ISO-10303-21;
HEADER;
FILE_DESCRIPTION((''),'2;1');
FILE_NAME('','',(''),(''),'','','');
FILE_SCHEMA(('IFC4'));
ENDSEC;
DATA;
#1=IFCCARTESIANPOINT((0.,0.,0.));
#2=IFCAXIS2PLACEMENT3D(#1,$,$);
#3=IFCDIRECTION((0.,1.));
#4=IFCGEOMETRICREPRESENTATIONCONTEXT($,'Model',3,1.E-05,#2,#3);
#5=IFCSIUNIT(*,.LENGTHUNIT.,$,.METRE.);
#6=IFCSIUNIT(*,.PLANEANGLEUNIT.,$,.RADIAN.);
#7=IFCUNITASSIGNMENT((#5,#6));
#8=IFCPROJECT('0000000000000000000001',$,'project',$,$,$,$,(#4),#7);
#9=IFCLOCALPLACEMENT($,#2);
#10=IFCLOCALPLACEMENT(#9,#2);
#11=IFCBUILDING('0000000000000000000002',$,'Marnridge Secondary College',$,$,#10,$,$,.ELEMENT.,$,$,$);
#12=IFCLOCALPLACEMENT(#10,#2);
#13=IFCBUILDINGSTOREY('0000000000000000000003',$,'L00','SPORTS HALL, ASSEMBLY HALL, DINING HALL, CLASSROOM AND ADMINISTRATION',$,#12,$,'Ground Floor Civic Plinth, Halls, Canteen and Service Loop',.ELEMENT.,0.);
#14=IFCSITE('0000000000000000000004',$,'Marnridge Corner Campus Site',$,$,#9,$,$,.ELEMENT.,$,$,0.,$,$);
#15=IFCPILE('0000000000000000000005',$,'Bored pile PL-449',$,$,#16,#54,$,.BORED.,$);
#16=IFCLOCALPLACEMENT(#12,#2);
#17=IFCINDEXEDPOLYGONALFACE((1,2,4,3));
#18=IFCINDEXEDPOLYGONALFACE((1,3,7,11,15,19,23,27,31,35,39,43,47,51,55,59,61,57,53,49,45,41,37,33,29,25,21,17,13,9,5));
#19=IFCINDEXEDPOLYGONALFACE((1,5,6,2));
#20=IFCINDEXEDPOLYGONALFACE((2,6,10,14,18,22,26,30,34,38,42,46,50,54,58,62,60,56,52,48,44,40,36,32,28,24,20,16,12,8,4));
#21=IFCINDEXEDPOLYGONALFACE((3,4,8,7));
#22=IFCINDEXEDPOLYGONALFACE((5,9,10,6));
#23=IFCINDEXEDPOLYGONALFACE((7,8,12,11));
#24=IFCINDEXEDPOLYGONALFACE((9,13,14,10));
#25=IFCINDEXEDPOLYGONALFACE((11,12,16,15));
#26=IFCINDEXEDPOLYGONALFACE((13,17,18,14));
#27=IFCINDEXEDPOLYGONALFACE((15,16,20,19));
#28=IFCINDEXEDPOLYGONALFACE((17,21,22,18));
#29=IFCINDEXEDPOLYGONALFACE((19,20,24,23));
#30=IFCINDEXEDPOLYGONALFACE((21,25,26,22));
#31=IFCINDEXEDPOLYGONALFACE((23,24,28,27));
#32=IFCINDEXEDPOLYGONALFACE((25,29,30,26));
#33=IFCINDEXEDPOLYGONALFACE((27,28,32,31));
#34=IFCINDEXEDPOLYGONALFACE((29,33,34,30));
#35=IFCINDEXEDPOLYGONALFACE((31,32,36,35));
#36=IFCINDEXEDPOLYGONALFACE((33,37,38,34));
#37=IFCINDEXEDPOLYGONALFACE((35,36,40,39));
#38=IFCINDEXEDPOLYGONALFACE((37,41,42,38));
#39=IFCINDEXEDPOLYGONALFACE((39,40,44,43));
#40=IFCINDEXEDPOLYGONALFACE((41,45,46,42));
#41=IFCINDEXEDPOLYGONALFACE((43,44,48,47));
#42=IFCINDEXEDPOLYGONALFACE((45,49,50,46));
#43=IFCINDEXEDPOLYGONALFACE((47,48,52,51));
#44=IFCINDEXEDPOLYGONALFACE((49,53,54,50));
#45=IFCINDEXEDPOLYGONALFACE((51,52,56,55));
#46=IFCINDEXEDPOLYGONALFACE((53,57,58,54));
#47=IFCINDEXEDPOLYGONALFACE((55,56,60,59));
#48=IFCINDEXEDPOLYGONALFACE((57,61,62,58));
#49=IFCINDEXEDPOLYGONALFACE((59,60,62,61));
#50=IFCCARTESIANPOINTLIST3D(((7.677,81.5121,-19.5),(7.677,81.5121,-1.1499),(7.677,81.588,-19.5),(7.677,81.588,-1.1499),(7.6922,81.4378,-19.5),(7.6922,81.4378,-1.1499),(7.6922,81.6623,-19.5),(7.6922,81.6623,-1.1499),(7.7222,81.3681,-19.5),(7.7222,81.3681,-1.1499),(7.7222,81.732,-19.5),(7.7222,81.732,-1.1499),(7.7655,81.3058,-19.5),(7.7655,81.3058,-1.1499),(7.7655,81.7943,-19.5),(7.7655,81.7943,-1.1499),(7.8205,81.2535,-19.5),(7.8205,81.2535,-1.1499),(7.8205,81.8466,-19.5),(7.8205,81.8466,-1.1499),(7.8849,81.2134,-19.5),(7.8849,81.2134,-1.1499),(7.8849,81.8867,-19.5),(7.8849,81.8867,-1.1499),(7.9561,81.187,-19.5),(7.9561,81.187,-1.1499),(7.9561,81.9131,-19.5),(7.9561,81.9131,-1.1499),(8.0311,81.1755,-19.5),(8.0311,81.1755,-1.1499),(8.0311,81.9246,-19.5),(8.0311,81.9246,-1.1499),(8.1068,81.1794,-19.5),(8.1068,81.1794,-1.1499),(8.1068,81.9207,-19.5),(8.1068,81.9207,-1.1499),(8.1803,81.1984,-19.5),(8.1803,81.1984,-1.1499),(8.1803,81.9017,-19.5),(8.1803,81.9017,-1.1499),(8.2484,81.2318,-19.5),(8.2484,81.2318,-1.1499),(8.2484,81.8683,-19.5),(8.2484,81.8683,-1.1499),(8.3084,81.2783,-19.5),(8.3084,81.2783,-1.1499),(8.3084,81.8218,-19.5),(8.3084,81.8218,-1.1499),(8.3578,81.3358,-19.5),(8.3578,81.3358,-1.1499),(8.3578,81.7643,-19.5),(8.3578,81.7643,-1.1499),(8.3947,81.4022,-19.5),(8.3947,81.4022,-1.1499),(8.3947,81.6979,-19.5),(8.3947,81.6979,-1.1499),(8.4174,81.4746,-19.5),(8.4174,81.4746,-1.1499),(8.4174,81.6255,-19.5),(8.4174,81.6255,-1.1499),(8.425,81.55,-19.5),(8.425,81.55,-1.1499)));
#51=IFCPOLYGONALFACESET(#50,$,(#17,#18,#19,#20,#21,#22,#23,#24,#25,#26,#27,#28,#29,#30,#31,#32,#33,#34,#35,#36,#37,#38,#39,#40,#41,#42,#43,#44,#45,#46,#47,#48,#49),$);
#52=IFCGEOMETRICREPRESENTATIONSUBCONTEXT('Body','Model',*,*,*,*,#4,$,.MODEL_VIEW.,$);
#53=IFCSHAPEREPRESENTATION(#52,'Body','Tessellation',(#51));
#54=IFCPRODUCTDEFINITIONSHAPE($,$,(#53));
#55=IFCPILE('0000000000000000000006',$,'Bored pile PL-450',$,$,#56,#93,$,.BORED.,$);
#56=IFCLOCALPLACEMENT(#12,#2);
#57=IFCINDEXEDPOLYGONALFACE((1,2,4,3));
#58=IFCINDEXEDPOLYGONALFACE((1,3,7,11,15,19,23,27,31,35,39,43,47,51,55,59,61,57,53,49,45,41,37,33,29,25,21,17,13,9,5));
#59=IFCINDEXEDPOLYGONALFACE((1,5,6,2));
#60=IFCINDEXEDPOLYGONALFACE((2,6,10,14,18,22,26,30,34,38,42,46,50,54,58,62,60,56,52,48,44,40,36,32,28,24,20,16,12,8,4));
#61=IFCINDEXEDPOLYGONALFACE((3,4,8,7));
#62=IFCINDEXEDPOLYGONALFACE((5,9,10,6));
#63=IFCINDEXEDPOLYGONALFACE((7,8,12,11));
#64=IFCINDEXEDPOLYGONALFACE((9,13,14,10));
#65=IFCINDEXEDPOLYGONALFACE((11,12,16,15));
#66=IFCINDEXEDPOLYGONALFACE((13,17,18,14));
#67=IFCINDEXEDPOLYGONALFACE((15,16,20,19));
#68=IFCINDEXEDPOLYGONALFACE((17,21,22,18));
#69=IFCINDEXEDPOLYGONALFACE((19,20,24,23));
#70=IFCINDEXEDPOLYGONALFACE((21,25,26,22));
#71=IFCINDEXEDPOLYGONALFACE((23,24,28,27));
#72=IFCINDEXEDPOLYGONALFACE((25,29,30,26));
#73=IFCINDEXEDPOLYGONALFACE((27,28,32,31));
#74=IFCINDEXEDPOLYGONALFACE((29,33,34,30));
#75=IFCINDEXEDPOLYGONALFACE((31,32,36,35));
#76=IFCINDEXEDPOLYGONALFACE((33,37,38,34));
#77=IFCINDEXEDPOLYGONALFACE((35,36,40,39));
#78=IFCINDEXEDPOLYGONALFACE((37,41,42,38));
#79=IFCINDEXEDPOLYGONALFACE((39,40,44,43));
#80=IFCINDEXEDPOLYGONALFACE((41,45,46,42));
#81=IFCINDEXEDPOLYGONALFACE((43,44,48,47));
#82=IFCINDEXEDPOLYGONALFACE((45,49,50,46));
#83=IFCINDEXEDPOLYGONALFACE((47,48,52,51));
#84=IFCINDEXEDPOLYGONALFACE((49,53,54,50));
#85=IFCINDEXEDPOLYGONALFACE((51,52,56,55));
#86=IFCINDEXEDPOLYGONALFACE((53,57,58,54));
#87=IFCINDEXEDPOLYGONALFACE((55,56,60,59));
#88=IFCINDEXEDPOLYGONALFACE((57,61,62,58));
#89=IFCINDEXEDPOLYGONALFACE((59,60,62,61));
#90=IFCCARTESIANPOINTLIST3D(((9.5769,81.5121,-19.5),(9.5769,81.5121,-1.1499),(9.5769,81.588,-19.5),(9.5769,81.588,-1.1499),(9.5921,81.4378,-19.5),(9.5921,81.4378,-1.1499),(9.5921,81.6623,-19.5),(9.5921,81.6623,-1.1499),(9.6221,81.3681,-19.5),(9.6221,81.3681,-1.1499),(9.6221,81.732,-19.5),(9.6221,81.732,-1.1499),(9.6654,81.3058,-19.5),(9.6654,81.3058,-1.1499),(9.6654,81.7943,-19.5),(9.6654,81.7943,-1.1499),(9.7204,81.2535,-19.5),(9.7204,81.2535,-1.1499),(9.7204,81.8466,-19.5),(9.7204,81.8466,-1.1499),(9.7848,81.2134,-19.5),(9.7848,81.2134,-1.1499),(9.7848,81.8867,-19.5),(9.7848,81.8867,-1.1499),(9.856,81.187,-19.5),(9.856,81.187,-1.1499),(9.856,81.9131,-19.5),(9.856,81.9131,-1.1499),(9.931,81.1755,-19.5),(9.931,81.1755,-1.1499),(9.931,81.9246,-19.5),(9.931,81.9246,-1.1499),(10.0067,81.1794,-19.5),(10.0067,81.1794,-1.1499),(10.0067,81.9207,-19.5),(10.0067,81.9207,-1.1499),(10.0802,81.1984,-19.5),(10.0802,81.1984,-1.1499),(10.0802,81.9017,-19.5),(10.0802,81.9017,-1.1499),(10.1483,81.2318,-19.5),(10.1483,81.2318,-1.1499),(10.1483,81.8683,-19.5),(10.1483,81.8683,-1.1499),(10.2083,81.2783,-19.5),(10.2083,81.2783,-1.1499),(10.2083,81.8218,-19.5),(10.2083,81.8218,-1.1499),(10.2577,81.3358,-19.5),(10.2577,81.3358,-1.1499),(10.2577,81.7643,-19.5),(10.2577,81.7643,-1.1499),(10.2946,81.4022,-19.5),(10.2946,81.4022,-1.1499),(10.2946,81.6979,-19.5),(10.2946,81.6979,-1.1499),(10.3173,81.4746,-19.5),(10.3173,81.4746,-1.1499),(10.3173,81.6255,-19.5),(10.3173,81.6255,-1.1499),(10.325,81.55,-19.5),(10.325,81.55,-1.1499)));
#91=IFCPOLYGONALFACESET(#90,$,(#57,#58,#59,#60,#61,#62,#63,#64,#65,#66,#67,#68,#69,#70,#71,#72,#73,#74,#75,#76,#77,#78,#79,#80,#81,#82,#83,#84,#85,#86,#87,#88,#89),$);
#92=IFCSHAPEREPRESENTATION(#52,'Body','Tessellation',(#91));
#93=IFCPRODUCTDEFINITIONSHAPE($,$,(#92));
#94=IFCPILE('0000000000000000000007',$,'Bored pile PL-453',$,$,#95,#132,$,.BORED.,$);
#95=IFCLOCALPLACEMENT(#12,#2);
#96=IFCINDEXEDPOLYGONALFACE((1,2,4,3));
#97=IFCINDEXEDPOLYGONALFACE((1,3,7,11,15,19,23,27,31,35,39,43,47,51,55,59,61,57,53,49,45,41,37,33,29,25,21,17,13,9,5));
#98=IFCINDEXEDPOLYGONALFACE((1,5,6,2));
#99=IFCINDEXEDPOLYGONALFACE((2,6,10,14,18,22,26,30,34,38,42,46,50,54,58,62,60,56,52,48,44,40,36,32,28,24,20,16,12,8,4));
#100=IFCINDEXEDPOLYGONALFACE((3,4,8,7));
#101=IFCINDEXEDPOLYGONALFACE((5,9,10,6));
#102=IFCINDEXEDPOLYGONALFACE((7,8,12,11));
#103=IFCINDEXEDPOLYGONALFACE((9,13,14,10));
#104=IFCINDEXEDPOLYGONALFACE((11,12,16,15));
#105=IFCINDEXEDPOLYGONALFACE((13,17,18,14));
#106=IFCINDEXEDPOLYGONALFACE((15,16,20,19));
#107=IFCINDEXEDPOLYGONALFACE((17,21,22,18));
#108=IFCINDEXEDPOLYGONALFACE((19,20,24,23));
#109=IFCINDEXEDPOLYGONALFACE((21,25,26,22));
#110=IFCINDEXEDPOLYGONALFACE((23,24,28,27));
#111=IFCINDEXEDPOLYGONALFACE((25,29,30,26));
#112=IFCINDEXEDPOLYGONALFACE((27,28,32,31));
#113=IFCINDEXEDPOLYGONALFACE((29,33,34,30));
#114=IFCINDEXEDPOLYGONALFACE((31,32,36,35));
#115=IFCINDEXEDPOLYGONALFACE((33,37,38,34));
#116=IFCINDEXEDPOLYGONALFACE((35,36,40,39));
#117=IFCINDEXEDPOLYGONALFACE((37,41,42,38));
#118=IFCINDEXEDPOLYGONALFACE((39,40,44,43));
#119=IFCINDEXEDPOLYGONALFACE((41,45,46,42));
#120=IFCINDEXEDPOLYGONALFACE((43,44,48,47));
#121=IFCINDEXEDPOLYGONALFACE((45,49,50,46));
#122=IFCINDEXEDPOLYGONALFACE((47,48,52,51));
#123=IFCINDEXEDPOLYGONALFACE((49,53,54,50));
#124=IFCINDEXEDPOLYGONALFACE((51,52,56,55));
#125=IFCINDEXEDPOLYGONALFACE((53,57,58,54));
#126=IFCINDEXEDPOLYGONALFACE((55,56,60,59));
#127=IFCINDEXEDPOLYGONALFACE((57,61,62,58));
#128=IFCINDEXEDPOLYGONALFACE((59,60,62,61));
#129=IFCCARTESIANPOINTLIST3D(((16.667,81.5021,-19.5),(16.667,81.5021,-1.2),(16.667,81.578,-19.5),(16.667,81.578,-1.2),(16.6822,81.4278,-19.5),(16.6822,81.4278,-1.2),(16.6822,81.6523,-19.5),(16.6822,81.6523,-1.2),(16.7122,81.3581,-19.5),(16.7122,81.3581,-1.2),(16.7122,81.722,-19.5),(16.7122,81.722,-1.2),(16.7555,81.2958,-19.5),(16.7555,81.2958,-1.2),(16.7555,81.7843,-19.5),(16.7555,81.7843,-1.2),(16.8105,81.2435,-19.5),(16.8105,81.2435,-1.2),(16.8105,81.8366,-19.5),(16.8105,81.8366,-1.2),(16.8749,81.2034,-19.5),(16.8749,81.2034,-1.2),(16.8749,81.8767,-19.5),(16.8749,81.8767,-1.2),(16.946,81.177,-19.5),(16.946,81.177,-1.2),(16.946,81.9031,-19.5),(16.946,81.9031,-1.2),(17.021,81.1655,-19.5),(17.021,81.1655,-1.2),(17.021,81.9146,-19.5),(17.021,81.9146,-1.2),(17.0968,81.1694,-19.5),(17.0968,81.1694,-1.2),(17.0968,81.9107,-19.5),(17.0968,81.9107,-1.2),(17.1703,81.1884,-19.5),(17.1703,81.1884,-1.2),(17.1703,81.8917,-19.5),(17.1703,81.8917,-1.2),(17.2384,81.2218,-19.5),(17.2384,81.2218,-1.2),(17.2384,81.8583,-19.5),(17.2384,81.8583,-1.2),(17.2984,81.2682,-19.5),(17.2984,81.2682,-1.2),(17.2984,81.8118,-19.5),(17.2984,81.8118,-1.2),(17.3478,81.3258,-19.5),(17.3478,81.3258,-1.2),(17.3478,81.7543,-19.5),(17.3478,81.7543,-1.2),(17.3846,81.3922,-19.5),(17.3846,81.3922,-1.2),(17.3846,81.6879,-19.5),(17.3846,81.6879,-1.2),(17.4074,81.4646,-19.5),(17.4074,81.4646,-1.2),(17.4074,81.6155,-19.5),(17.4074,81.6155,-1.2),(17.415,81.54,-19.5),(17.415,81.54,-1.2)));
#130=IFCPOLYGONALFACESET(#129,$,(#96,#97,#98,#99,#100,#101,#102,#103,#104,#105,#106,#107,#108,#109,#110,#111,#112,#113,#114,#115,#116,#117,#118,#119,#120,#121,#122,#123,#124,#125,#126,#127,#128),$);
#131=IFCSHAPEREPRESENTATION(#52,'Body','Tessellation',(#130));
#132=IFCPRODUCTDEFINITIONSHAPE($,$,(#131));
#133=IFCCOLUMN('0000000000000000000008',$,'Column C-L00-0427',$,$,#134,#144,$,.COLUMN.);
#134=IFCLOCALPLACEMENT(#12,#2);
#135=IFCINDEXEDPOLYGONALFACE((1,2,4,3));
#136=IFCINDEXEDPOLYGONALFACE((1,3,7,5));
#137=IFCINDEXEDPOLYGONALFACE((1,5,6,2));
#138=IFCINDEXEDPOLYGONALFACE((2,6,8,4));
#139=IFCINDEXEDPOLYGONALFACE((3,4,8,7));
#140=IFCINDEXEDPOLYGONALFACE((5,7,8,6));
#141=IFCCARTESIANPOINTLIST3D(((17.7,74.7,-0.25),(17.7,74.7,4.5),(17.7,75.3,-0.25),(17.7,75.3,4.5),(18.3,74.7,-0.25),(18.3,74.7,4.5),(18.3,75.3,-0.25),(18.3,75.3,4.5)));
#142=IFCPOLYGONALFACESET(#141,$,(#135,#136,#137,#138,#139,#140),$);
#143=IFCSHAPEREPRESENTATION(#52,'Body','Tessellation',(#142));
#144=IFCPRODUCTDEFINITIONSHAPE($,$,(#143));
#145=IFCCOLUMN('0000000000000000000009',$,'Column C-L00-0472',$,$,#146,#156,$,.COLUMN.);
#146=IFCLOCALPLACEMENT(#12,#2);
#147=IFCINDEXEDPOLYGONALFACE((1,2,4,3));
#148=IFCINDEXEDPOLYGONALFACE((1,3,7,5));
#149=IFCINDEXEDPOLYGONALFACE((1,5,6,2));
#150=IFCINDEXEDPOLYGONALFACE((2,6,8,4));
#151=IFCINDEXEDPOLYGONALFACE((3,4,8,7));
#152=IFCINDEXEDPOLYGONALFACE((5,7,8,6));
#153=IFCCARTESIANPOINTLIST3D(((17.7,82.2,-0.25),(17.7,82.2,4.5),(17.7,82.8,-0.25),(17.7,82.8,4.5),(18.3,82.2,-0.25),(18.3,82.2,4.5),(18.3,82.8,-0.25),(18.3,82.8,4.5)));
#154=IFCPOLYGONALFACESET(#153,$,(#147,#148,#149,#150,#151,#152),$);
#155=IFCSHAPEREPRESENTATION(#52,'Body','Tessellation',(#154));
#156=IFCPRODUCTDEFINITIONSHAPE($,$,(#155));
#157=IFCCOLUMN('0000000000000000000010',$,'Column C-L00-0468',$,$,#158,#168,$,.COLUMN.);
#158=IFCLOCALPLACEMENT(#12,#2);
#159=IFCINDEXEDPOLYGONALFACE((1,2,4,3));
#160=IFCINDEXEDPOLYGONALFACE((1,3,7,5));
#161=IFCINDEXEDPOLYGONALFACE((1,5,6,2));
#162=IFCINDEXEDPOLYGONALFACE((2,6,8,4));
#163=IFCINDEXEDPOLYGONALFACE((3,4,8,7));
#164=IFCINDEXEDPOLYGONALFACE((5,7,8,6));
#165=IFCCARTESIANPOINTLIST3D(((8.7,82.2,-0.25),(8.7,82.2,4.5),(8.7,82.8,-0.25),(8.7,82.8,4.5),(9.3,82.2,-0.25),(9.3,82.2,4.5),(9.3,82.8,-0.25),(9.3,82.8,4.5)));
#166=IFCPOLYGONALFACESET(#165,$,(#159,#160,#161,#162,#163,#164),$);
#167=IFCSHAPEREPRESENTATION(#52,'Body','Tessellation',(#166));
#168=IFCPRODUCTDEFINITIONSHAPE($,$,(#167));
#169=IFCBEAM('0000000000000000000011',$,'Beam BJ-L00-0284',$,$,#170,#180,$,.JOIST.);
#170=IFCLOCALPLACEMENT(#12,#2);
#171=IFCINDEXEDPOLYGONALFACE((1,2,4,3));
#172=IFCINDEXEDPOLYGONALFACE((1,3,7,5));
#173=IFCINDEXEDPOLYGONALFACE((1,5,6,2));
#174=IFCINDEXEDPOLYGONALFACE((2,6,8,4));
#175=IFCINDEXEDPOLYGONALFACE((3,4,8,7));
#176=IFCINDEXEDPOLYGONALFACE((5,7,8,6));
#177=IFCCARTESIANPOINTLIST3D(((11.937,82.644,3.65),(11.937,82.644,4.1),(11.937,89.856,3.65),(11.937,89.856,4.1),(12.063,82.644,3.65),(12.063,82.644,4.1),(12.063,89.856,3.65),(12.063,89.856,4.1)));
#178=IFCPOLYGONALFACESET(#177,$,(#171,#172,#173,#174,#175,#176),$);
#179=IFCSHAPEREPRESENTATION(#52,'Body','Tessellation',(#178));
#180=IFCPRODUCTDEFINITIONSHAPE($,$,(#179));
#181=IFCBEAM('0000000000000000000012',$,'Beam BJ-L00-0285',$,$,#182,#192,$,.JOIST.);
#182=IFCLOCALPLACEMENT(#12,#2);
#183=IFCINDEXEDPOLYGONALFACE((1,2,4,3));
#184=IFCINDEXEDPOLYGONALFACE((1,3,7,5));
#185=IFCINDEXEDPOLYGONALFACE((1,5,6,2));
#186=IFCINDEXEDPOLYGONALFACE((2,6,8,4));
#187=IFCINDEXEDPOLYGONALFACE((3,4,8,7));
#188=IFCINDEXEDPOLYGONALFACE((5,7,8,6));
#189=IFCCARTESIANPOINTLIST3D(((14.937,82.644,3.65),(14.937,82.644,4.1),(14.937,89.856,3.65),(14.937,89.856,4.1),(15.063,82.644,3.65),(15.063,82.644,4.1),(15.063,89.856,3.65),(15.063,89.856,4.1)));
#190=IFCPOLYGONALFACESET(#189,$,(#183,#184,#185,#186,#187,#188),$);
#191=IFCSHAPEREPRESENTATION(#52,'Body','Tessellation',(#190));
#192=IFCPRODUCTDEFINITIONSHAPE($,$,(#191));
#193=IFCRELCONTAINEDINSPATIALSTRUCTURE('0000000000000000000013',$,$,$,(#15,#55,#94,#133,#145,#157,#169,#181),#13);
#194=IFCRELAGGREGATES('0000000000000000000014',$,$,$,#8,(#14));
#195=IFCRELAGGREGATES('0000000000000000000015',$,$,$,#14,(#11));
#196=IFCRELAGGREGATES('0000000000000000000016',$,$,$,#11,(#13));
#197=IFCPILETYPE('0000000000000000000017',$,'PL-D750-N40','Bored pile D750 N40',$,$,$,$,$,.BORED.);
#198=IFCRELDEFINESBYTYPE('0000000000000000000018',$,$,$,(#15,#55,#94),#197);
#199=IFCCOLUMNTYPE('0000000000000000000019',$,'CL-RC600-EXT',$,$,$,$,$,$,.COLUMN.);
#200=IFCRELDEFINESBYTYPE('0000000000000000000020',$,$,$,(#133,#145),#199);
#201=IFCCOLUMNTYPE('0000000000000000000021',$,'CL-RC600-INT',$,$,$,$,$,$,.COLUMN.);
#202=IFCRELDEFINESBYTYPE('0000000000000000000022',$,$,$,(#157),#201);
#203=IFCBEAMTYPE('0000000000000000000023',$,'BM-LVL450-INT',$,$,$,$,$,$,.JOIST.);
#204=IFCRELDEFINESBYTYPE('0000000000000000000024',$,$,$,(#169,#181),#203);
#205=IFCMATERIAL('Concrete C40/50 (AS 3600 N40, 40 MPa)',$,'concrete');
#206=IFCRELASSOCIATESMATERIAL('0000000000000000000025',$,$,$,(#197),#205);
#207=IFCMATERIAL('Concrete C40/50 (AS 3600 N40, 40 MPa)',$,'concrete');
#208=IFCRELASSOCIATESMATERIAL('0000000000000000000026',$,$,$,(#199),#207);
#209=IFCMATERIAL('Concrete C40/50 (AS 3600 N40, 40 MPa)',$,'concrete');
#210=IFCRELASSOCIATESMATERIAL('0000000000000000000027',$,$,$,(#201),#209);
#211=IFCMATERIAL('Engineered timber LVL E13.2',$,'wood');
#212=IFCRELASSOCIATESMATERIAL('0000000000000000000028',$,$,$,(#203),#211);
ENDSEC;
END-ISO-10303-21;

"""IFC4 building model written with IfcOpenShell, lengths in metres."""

from ifc_helpers import new_model, si_unit, direction, frame, origin, origin_2d, place, context, subcontext, project, spatial, rectangle, circle, extrude, material, material_profile, profile_set, type_object, element, save


model = new_model("IFC4")

# Units and contexts
model_context = context("Model", 3, precision=1e-05, world=origin(), true_north=direction((0.0, 1.0)))
body_context = subcontext(model_context, "Body", "Model", "MODEL_VIEW")
ifc_project = project(units=[si_unit("LENGTHUNIT", "METRE"), si_unit("PLANEANGLEUNIT", "RADIAN")], contexts=[model_context])

# Site, building, storey
site_placement = place(None, origin())
site = spatial("IfcSite", under=ifc_project, at=site_placement, Name="Marnridge Corner Campus Site", CompositionType="ELEMENT", RefElevation=0.0)
building_placement = place(site_placement, origin())
building = spatial("IfcBuilding", under=site, at=building_placement, Name="Marnridge Secondary College", CompositionType="ELEMENT")
storey_placement = place(building_placement, origin())
storey = spatial("IfcBuildingStorey", under=building, at=storey_placement, Name="L00", Description="SPORTS HALL, ASSEMBLY HALL, DINING HALL, CLASSROOM AND ADMINISTRATION", LongName="Ground Floor Civic Plinth, Halls, Canteen and Service Loop", CompositionType="ELEMENT", Elevation=0.0)

# Piles
ifc_material_1 = material(Name="Concrete C40/50 (AS 3600 N40, 40 MPa)", Category="concrete")
ifc_material_profile_1 = material_profile(ifc_material_1, circle(Radius=0.375, at=origin_2d()), Name="PILE D750")
ifc_profile_set_1 = profile_set([ifc_material_profile_1], Name="Concrete C40/50 (AS 3600 N40, 40 MPa)")
pile_type_1 = type_object("IfcPileType", Name="PL-D750-N40", Description="Bored pile D750 N40", PredefinedType="BORED", material=ifc_profile_set_1)
for number, where, z_axis, x_axis, name in (
    (1, (8.05, 81.55, -1.1499), (0.0, 0.0, -1.0), (1.0, 0.0, 0.0), "Bored pile PL-449"),
    (2, (9.95, 81.55, -1.1499), (0.0, 0.0, -1.0), (1.0, 0.0, 0.0), "Bored pile PL-450"),
):
    element("IfcPile", number, at=place(storey_placement, frame(where, z_axis=z_axis, x_axis=x_axis)), inside=storey, type_object=pile_type_1, Name=name, PredefinedType="BORED", context=body_context, shape_type="SweptSolid", body=[
        extrude(circle(Radius=0.375, at=origin_2d()), origin(), (0.0, 0.0, 1.0), 18.3501),
    ])
pile_1_placement = place(storey_placement, frame((17.04, 81.54, -1.2), z_axis=(0.0, 0.0, -1.0), x_axis=(1.0, 0.0, 0.0)))
element("IfcPile", 3, at=pile_1_placement, inside=storey, type_object=pile_type_1, Name="Bored pile PL-453", PredefinedType="BORED", context=body_context, shape_type="SweptSolid", body=[
    extrude(circle(Radius=0.375, at=origin_2d()), origin(), (0.0, 0.0, 1.0), 18.3),
])

# Columns
ifc_material_2 = material(Name="Concrete C40/50 (AS 3600 N40, 40 MPa)", Category="concrete")
ifc_material_profile_2 = material_profile(ifc_material_2, rectangle(XDim=0.6001, YDim=0.6001, at=origin_2d()), Name="RC 600x600")
ifc_profile_set_2 = profile_set([ifc_material_profile_2], Name="Concrete C40/50 (AS 3600 N40, 40 MPa)")
column_type_1 = type_object("IfcColumnType", Name="CL-RC600-EXT", PredefinedType="COLUMN", material=ifc_profile_set_2)
for number, where, z_axis, x_axis, name in (
    (4, (18.0, 75.0, -0.25), (0.0, 0.0, 1.0), (1.0, 0.0, 0.0), "Column C-L00-0427"),
    (5, (18.0, 82.5, -0.25), (0.0, 0.0, 1.0), (1.0, 0.0, 0.0), "Column C-L00-0472"),
):
    element("IfcColumn", number, at=place(storey_placement, frame(where, z_axis=z_axis, x_axis=x_axis)), inside=storey, type_object=column_type_1, Name=name, PredefinedType="COLUMN", context=body_context, shape_type="SweptSolid", body=[
        extrude(rectangle(XDim=0.6001, YDim=0.6001, at=origin_2d()), origin(), (0.0, 0.0, 1.0), 4.75),
    ])
ifc_material_3 = material(Name="Concrete C40/50 (AS 3600 N40, 40 MPa)", Category="concrete")
ifc_material_profile_3 = material_profile(ifc_material_3, rectangle(XDim=0.6001, YDim=0.6001, at=origin_2d()), Name="RC 600x600")
ifc_profile_set_3 = profile_set([ifc_material_profile_3], Name="Concrete C40/50 (AS 3600 N40, 40 MPa)")
column_type_2 = type_object("IfcColumnType", Name="CL-RC600-INT", PredefinedType="COLUMN", material=ifc_profile_set_3)
column_placement = place(storey_placement, frame((9.0, 82.5, -0.25), z_axis=(0.0, 0.0, 1.0), x_axis=(1.0, 0.0, 0.0)))
element("IfcColumn", 6, at=column_placement, inside=storey, type_object=column_type_2, Name="Column C-L00-0468", PredefinedType="COLUMN", context=body_context, shape_type="SweptSolid", body=[
    extrude(rectangle(XDim=0.6001, YDim=0.6001, at=origin_2d()), origin(), (0.0, 0.0, 1.0), 4.75),
])

# Beams
ifc_material_4 = material(Name="Engineered timber LVL E13.2", Category="wood")
ifc_material_profile_4 = material_profile(ifc_material_4, rectangle(XDim=0.126, YDim=0.45, at=origin_2d()), Name="LVL 126x450")
ifc_profile_set_4 = profile_set([ifc_material_profile_4], Name="Engineered timber LVL E13.2")
beam_type_1 = type_object("IfcBeamType", Name="BM-LVL450-INT", PredefinedType="JOIST", material=ifc_profile_set_4)
for number, where, z_axis, x_axis, name in (
    (7, (12.0, 82.644, 3.875), (0.0, 1.0, 0.0), (-1.0, 0.0, 0.0), "Beam BJ-L00-0284"),
    (8, (15.0, 82.644, 3.875), (0.0, 1.0, 0.0), (-1.0, 0.0, 0.0), "Beam BJ-L00-0285"),
):
    element("IfcBeam", number, at=place(storey_placement, frame(where, z_axis=z_axis, x_axis=x_axis)), inside=storey, type_object=beam_type_1, Name=name, PredefinedType="JOIST", context=body_context, shape_type="SweptSolid", body=[
        extrude(rectangle(XDim=0.126, YDim=0.45, at=origin_2d()), origin(), (0.0, 0.0, 1.0), 7.2119),
    ])

save(model, "model.ifc")
